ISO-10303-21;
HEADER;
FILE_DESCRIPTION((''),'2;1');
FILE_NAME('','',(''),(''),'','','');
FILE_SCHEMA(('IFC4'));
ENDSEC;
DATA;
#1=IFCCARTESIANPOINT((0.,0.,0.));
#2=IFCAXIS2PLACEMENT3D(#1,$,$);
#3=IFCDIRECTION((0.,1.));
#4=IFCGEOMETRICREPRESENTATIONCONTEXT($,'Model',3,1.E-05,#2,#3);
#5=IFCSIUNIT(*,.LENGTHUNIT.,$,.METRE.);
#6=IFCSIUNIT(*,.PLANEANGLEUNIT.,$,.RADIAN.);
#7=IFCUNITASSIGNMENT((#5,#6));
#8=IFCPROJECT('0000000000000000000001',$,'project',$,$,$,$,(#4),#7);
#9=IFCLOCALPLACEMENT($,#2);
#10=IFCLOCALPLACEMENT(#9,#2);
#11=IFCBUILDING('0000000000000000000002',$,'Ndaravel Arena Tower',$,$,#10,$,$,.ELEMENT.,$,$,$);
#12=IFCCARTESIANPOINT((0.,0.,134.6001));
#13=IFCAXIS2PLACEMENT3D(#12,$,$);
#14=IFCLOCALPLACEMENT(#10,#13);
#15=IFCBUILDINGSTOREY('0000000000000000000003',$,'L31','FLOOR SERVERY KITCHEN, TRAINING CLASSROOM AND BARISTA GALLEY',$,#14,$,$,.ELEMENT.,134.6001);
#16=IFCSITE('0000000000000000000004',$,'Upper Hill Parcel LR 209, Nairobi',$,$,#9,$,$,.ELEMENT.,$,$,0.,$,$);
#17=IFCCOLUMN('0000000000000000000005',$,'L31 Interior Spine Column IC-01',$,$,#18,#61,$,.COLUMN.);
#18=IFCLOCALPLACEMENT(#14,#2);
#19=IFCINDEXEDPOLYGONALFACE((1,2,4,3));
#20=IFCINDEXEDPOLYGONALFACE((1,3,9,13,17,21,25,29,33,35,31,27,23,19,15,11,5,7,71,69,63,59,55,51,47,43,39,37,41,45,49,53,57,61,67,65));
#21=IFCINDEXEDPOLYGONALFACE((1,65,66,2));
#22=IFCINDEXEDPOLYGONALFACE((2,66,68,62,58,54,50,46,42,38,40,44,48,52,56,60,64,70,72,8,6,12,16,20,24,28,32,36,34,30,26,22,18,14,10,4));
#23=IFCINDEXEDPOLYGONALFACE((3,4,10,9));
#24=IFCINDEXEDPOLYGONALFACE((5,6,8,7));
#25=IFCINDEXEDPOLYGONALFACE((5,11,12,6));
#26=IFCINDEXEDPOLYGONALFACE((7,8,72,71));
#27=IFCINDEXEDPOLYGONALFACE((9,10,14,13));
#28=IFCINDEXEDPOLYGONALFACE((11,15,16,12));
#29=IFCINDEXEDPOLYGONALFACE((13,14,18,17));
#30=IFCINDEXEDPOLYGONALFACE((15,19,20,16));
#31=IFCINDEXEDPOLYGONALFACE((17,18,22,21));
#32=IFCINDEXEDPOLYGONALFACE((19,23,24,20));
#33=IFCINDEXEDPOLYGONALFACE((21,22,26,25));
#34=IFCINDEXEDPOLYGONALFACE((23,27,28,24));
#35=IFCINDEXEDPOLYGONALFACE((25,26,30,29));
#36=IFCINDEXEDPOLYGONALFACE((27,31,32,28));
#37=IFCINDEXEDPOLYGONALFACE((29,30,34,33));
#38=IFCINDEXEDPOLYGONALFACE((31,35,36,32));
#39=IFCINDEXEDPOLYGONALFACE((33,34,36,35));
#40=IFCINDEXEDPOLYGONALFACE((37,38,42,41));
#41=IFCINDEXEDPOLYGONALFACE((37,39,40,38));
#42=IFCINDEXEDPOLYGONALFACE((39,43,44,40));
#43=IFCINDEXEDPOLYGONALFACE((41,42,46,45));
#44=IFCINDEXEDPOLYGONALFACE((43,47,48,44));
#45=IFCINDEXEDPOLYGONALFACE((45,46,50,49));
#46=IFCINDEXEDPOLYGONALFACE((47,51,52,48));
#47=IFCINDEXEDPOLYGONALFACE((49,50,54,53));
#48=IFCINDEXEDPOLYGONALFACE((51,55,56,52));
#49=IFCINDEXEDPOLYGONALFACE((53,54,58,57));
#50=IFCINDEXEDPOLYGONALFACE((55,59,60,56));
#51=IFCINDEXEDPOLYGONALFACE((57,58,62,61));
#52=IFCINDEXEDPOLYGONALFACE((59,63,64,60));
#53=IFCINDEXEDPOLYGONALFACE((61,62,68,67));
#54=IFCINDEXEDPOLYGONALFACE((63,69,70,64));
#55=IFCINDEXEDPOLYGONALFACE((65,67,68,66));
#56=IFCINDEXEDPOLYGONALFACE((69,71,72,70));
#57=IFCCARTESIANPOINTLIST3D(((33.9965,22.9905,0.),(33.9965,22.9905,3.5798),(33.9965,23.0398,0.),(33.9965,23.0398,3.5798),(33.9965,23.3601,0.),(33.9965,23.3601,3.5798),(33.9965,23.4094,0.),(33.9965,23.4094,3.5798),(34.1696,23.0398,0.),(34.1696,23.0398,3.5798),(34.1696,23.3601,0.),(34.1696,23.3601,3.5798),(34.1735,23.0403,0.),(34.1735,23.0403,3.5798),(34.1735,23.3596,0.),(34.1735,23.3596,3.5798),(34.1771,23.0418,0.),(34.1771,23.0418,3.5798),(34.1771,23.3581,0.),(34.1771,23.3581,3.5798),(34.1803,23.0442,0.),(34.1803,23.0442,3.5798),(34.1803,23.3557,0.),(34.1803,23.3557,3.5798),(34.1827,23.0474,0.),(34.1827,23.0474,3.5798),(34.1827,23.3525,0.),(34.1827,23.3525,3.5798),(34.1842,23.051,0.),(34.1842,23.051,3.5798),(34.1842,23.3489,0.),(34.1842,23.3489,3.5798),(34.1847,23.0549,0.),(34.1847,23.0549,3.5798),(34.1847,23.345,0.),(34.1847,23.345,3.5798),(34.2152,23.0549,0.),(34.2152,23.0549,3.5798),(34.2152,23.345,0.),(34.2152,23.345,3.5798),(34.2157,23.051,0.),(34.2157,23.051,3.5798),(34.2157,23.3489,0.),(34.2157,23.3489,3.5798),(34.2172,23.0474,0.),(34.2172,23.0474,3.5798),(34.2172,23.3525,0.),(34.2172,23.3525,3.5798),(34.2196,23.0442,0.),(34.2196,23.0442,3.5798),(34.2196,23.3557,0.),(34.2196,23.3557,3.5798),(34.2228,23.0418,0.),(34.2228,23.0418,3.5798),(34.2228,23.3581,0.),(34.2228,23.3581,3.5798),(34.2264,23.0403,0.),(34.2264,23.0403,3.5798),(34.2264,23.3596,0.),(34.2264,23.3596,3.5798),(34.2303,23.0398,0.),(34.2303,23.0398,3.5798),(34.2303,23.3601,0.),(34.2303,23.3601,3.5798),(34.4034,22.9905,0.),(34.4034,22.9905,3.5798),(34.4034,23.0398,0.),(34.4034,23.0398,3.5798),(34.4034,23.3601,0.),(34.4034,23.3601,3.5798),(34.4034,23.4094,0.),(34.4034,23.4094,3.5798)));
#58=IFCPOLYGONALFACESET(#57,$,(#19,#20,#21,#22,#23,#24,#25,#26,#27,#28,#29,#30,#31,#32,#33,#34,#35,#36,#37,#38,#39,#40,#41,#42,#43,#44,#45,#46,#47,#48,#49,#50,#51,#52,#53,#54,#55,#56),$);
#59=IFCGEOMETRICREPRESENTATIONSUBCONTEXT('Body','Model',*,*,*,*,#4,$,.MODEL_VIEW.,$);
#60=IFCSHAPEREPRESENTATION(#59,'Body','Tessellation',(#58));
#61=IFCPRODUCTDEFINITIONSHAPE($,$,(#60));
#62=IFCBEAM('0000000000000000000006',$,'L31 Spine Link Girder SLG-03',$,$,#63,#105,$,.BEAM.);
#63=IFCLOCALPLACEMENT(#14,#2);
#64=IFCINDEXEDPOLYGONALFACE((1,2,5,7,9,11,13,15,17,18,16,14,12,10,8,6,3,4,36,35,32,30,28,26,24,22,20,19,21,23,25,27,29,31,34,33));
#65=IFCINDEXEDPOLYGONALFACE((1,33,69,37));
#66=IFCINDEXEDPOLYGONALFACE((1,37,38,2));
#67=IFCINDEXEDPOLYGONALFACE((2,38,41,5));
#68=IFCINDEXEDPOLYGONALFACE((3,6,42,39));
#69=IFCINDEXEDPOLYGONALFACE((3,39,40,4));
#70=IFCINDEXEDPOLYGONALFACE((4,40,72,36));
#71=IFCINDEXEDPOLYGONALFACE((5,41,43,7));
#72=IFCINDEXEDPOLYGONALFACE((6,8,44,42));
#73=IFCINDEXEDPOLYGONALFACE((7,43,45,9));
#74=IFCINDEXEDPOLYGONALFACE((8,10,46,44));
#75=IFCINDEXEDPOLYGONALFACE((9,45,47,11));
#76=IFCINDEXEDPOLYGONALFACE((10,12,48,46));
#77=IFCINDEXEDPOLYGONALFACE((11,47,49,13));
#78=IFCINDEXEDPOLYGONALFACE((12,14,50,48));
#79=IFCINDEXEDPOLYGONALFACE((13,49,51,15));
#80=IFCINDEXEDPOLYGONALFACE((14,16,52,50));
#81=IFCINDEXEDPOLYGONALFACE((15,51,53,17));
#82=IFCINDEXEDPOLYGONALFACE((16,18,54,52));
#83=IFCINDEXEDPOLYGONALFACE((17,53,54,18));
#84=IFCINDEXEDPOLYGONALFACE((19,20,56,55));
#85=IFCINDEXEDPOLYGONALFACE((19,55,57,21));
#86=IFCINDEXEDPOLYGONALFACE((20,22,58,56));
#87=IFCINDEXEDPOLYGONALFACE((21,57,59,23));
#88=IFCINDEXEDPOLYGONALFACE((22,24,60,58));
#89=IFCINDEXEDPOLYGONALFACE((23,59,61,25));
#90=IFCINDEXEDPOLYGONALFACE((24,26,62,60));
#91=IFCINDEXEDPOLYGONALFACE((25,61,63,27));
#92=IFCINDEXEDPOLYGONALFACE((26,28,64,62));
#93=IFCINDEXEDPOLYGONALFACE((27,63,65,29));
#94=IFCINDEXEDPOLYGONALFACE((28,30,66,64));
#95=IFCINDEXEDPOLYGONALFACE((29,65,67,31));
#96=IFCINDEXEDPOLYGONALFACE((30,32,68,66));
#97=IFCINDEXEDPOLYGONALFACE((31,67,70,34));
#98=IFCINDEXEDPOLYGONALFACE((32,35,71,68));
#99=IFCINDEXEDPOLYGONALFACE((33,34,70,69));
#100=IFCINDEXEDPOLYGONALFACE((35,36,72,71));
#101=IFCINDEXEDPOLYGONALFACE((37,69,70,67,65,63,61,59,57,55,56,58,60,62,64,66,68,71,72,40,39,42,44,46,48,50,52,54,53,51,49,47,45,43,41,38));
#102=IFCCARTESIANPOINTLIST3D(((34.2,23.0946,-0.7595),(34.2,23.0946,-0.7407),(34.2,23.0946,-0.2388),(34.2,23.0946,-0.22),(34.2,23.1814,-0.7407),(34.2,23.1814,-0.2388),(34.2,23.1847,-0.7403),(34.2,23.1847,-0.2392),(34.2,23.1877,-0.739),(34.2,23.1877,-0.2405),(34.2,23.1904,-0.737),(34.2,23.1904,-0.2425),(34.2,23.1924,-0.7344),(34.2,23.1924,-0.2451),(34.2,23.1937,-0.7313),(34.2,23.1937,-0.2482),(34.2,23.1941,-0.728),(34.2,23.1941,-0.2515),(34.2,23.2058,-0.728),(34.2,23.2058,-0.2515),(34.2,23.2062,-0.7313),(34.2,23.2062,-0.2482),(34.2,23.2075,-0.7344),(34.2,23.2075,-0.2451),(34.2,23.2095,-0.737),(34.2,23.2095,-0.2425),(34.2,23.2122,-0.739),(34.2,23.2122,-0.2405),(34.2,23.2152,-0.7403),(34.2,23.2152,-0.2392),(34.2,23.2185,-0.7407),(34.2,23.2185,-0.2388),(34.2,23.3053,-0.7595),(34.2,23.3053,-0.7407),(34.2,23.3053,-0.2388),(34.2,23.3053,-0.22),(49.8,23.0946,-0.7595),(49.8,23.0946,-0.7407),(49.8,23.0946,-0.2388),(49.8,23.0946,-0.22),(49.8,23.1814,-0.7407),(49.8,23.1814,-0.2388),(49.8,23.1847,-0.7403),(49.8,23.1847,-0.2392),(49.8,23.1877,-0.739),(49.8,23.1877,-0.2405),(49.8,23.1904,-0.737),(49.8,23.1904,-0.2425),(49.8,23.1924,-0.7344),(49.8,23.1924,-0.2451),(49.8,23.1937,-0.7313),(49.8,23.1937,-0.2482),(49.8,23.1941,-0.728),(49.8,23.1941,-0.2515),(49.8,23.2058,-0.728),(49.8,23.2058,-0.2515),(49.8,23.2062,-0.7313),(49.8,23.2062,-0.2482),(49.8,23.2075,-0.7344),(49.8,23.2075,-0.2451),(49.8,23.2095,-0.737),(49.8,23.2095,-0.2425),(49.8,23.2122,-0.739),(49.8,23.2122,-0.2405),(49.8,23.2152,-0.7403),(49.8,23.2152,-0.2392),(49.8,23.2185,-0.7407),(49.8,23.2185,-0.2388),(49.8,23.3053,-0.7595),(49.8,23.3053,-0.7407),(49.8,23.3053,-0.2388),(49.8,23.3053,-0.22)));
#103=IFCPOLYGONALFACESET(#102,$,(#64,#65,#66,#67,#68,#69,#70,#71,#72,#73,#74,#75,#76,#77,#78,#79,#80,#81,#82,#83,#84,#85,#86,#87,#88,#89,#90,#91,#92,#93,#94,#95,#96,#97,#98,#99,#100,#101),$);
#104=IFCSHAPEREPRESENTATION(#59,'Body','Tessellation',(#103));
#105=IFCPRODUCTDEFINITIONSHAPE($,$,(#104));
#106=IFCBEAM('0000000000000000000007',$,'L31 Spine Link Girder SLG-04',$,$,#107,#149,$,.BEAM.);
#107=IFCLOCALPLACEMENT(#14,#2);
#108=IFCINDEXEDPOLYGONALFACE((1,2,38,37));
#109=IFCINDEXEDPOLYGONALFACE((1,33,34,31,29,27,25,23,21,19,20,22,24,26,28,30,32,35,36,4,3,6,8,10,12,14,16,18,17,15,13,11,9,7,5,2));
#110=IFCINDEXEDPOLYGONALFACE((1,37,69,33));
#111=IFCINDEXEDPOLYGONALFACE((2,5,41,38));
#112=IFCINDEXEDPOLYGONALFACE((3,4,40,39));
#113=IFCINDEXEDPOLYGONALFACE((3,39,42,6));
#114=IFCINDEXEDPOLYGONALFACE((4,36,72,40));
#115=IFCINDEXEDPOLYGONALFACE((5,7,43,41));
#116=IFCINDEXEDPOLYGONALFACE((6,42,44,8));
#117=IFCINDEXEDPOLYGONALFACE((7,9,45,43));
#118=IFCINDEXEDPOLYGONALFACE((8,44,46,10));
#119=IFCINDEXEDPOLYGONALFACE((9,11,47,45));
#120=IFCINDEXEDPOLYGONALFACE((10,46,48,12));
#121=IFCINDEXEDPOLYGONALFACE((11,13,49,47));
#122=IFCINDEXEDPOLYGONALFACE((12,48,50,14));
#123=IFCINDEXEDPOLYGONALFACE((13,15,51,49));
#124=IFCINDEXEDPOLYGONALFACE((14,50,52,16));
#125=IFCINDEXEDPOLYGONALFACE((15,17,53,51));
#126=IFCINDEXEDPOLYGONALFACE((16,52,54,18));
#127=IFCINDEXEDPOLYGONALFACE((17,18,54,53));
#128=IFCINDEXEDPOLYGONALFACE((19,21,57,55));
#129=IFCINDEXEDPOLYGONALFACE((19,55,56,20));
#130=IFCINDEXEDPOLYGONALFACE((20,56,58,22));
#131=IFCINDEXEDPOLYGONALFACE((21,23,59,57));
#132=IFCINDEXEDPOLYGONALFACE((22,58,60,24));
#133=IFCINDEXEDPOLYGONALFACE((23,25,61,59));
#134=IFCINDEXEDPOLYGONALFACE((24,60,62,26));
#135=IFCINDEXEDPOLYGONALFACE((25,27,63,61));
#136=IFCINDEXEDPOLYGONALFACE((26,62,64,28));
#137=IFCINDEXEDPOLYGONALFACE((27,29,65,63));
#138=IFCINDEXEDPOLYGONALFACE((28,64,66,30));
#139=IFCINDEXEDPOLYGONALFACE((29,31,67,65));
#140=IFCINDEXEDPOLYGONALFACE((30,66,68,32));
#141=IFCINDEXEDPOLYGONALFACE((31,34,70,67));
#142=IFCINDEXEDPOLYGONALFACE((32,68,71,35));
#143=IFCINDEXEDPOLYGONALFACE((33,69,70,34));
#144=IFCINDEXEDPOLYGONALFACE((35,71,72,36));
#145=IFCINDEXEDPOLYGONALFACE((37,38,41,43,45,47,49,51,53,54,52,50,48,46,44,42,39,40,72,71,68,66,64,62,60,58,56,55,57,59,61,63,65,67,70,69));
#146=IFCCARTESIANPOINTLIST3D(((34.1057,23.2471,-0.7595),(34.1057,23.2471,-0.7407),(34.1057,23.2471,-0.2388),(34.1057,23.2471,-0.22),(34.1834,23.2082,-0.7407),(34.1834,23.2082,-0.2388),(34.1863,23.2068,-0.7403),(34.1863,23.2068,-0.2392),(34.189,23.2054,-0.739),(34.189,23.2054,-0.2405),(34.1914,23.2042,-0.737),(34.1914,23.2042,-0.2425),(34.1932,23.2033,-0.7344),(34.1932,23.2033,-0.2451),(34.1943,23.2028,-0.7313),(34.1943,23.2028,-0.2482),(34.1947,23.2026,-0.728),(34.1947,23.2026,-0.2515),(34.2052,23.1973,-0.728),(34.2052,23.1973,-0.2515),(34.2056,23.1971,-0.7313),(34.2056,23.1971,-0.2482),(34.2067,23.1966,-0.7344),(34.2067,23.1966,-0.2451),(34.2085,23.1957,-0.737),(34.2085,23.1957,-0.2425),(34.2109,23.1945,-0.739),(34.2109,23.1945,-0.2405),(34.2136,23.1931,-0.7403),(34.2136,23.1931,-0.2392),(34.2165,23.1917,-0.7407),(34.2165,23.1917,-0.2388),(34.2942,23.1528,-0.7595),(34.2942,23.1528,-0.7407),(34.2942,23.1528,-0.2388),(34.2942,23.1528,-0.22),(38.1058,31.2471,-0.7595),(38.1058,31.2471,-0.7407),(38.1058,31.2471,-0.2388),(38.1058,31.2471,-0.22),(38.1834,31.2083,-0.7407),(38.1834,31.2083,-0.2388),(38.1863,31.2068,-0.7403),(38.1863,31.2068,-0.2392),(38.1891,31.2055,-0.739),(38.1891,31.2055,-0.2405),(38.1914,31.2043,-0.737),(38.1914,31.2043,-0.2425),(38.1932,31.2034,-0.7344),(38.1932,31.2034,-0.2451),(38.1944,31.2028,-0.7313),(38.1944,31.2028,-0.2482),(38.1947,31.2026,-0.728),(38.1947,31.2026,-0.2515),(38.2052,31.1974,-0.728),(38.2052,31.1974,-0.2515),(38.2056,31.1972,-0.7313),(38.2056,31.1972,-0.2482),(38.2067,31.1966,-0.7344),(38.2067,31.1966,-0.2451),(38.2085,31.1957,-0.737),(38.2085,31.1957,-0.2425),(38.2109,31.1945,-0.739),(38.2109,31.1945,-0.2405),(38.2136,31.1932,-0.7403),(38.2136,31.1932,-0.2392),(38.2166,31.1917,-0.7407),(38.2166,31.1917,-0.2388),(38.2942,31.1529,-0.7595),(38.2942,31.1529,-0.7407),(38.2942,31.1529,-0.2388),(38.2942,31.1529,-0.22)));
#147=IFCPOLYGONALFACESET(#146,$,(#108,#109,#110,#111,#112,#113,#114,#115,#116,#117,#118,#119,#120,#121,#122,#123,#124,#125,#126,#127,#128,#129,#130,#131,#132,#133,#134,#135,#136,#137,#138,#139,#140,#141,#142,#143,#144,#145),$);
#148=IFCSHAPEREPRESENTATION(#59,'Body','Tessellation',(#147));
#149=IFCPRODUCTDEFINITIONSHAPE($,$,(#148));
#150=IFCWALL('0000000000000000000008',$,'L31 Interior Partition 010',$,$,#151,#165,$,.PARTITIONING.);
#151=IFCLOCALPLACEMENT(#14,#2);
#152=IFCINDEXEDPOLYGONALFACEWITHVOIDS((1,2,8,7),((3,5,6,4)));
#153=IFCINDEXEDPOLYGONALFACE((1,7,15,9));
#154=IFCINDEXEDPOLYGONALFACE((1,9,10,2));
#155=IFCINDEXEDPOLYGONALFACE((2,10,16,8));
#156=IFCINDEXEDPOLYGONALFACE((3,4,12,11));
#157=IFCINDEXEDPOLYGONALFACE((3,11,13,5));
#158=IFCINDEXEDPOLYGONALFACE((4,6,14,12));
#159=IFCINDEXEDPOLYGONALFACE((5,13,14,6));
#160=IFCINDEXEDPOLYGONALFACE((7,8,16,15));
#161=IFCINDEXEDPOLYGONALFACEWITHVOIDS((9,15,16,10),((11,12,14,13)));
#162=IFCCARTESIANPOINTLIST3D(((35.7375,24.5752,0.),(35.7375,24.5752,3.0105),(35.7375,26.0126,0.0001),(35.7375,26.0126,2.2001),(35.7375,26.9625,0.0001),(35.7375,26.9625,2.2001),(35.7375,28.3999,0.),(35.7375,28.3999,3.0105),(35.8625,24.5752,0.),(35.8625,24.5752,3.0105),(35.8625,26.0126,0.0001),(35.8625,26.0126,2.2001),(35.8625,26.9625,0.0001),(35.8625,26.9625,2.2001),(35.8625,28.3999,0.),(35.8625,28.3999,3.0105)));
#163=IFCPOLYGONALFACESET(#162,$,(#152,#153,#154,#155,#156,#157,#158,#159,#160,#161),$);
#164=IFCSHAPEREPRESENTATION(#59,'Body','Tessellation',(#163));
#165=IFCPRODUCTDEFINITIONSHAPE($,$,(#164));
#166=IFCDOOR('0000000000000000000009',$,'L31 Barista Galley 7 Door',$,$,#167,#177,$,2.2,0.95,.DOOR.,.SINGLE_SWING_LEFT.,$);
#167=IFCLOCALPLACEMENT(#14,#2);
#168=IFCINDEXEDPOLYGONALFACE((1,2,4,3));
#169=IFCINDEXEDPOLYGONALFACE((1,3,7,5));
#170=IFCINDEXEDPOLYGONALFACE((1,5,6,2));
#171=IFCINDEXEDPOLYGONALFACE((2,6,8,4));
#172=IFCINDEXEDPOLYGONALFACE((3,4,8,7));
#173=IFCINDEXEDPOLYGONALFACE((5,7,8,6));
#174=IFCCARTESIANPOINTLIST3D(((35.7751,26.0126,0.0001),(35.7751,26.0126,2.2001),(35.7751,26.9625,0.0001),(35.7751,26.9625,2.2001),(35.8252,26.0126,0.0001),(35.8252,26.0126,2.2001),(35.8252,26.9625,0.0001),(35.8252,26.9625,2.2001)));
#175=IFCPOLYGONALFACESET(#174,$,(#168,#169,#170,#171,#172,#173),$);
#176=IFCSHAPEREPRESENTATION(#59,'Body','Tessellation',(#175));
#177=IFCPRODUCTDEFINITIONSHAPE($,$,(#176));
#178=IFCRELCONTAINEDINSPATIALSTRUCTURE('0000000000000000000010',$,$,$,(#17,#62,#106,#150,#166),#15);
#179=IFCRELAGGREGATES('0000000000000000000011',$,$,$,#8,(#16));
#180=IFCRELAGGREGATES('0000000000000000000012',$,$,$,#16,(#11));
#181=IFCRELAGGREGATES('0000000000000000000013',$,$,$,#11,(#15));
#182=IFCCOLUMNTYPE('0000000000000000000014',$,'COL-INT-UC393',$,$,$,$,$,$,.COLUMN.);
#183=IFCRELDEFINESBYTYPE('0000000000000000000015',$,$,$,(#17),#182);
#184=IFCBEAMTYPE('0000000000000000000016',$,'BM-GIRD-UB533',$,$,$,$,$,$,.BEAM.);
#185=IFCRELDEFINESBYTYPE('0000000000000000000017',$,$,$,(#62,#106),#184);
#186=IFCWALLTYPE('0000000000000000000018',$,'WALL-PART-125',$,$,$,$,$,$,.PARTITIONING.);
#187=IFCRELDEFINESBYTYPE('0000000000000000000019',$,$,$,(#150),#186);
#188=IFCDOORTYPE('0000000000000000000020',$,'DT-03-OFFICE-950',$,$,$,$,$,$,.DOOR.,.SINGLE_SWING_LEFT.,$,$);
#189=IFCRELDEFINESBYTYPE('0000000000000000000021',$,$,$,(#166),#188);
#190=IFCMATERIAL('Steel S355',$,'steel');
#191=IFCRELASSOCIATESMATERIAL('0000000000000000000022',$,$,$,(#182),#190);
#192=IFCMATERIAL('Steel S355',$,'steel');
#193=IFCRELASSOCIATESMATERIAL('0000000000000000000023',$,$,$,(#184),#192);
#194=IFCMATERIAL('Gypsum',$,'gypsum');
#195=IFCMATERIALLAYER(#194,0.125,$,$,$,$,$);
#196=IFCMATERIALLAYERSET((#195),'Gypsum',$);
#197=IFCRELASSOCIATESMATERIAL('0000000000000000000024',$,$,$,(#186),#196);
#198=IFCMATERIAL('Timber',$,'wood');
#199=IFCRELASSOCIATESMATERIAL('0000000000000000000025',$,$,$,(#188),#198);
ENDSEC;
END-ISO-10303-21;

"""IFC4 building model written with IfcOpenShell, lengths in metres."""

from ifc_helpers import new_model, si_unit, direction, frame, frame_2d, origin, origin_2d, place, context, subcontext, project, spatial, rectangle, i_section, extrude, material, layer, layer_set, material_profile, profile_set, type_object, element, fill, save


model = new_model("IFC4")

# Units and contexts
model_context = context("Model", 3, precision=1e-05, world=origin(), true_north=direction((0.0, 1.0)))
body_context = subcontext(model_context, "Body", "Model", "MODEL_VIEW")
ifc_project = project(units=[si_unit("LENGTHUNIT", "METRE"), si_unit("PLANEANGLEUNIT", "RADIAN")], contexts=[model_context])

# Site, building, storey
site_placement = place(None, origin())
site = spatial("IfcSite", under=ifc_project, at=site_placement, Name="Upper Hill Parcel LR 209, Nairobi", CompositionType="ELEMENT", RefElevation=0.0)
building_placement = place(site_placement, origin())
building = spatial("IfcBuilding", under=site, at=building_placement, Name="Ndaravel Arena Tower", CompositionType="ELEMENT")
storey_placement = place(building_placement, frame((0.0, 0.0, 134.6001)))
storey = spatial("IfcBuildingStorey", under=building, at=storey_placement, Name="L31", Description="FLOOR SERVERY KITCHEN, TRAINING CLASSROOM AND BARISTA GALLEY", CompositionType="ELEMENT", Elevation=134.6001)

# Column
ifc_material_1 = material(Name="Steel S355", Category="steel")
ifc_material_profile_1 = material_profile(ifc_material_1, i_section(OverallWidth=0.407, OverallDepth=0.4189, WebThickness=0.0305, FlangeThickness=0.0493, FilletRadius=0.0151, at=origin_2d()), Name="UC 356x406x393")
ifc_profile_set_1 = profile_set([ifc_material_profile_1], Name="Steel S355")
column_type = type_object("IfcColumnType", Name="COL-INT-UC393", PredefinedType="COLUMN", material=ifc_profile_set_1)
column_placement = place(storey_placement, frame((34.2, 23.2, 0.0), z_axis=(0.0, 0.0, 1.0), x_axis=(1.0, 0.0, 0.0)))
element("IfcColumn", 1, at=column_placement, inside=storey, type_object=column_type, Name="L31 Interior Spine Column IC-01", PredefinedType="COLUMN", context=body_context, shape_type="SweptSolid", body=[
    extrude(i_section(OverallWidth=0.407, OverallDepth=0.4189, WebThickness=0.0305, FlangeThickness=0.0493, FilletRadius=0.0151, at=origin_2d()), origin(), (0.0, 0.0, 1.0), 3.5798),
])

# Beams
ifc_material_2 = material(Name="Steel S355", Category="steel")
ifc_material_profile_2 = material_profile(ifc_material_2, i_section(OverallWidth=0.2107, OverallDepth=0.5396, WebThickness=0.0117, FlangeThickness=0.0188, FilletRadius=0.0127, at=origin_2d()), Name="UB 533x210x109")
ifc_profile_set_2 = profile_set([ifc_material_profile_2], Name="Steel S355")
beam_type = type_object("IfcBeamType", Name="BM-GIRD-UB533", PredefinedType="BEAM", material=ifc_profile_set_2)
beam_1_placement = place(storey_placement, frame((34.2, 23.2, -0.4897), z_axis=(1.0, 0.0, 0.0), x_axis=(0.0, 1.0, 0.0)))
element("IfcBeam", 2, at=beam_1_placement, inside=storey, type_object=beam_type, Name="L31 Spine Link Girder SLG-03", PredefinedType="BEAM", context=body_context, shape_type="SweptSolid", body=[
    extrude(i_section(OverallWidth=0.2107, OverallDepth=0.5396, WebThickness=0.0117, FlangeThickness=0.0188, FilletRadius=0.0127, at=origin_2d()), origin(), (0.0, 0.0, 1.0), 15.6001),
])
beam_2_placement = place(storey_placement, frame((34.2, 23.2, -0.4897), z_axis=(0.447214, 0.894427, 0.0), x_axis=(-0.894427, 0.447214, 0.0)))
element("IfcBeam", 3, at=beam_2_placement, inside=storey, type_object=beam_type, Name="L31 Spine Link Girder SLG-04", PredefinedType="BEAM", context=body_context, shape_type="SweptSolid", body=[
    extrude(i_section(OverallWidth=0.2107, OverallDepth=0.5396, WebThickness=0.0117, FlangeThickness=0.0188, FilletRadius=0.0127, at=origin_2d()), origin(), (0.0, 0.0, 1.0), 8.9443),
])

# Wall, opening, door
ifc_material_3 = material(Name="Gypsum", Category="gypsum")
ifc_layer_1 = layer(ifc_material_3, 0.125)
ifc_layer_set_1 = layer_set([ifc_layer_1], Name="Gypsum")
wall_type_1 = type_object("IfcWallType", Name="WALL-PART-125", PredefinedType="PARTITIONING", material=ifc_layer_set_1)
wall_1_placement = place(storey_placement, frame((35.8, 24.5752, 0.0), z_axis=(0.0, 0.0, 1.0), x_axis=(0.0, 1.0, 0.0)))
wall_1 = element("IfcWall", 4, at=wall_1_placement, inside=storey, type_object=wall_type_1, Name="L31 Interior Partition 010", PredefinedType="PARTITIONING", context=body_context, shape_type="SweptSolid", body=[
    extrude(rectangle(XDim=3.8247, YDim=0.125, at=frame_2d((1.9124, 0.0))), origin(), (0.0, 0.0, 1.0), 3.0105),
])
opening_1_placement = place(wall_1_placement, frame((1.4373, 0.0, 0.0)))
opening_1 = element("IfcOpeningElement", 5, at=opening_1_placement, cuts=wall_1, PredefinedType="OPENING", context=body_context, shape_type="SweptSolid", body=[
    extrude(rectangle(XDim=0.95, YDim=2.2, at=frame_2d((0.4751, 1.1001))), frame((0.0, 0.0625, 0.0), z_axis=(0.0, -1.0, 0.0), x_axis=(1.0, 0.0, 0.0)), (0.0, 0.0, 1.0), 0.125),
])
ifc_material_4 = material(Name="Timber", Category="wood")
door_type_1 = type_object("IfcDoorType", Name="DT-03-OFFICE-950", OperationType="SINGLE_SWING_LEFT", PredefinedType="DOOR", material=ifc_material_4)
door_1_placement = place(opening_1_placement, origin())
door_1 = element("IfcDoor", 6, at=door_1_placement, inside=storey, type_object=door_type_1, Name="L31 Barista Galley 7 Door", OperationType="SINGLE_SWING_LEFT", OverallHeight=2.2, OverallWidth=0.95, PredefinedType="DOOR", context=body_context, shape_type="SweptSolid", body=[
    extrude(rectangle(XDim=0.95, YDim=2.2, at=frame_2d((0.4751, 1.1001))), frame((0.0, 0.0249, 0.0), z_axis=(0.0, -1.0, 0.0), x_axis=(1.0, 0.0, 0.0)), (0.0, 0.0, 1.0), 0.05),
])
fill(opening_1, door_1)

save(model, "model.ifc")
